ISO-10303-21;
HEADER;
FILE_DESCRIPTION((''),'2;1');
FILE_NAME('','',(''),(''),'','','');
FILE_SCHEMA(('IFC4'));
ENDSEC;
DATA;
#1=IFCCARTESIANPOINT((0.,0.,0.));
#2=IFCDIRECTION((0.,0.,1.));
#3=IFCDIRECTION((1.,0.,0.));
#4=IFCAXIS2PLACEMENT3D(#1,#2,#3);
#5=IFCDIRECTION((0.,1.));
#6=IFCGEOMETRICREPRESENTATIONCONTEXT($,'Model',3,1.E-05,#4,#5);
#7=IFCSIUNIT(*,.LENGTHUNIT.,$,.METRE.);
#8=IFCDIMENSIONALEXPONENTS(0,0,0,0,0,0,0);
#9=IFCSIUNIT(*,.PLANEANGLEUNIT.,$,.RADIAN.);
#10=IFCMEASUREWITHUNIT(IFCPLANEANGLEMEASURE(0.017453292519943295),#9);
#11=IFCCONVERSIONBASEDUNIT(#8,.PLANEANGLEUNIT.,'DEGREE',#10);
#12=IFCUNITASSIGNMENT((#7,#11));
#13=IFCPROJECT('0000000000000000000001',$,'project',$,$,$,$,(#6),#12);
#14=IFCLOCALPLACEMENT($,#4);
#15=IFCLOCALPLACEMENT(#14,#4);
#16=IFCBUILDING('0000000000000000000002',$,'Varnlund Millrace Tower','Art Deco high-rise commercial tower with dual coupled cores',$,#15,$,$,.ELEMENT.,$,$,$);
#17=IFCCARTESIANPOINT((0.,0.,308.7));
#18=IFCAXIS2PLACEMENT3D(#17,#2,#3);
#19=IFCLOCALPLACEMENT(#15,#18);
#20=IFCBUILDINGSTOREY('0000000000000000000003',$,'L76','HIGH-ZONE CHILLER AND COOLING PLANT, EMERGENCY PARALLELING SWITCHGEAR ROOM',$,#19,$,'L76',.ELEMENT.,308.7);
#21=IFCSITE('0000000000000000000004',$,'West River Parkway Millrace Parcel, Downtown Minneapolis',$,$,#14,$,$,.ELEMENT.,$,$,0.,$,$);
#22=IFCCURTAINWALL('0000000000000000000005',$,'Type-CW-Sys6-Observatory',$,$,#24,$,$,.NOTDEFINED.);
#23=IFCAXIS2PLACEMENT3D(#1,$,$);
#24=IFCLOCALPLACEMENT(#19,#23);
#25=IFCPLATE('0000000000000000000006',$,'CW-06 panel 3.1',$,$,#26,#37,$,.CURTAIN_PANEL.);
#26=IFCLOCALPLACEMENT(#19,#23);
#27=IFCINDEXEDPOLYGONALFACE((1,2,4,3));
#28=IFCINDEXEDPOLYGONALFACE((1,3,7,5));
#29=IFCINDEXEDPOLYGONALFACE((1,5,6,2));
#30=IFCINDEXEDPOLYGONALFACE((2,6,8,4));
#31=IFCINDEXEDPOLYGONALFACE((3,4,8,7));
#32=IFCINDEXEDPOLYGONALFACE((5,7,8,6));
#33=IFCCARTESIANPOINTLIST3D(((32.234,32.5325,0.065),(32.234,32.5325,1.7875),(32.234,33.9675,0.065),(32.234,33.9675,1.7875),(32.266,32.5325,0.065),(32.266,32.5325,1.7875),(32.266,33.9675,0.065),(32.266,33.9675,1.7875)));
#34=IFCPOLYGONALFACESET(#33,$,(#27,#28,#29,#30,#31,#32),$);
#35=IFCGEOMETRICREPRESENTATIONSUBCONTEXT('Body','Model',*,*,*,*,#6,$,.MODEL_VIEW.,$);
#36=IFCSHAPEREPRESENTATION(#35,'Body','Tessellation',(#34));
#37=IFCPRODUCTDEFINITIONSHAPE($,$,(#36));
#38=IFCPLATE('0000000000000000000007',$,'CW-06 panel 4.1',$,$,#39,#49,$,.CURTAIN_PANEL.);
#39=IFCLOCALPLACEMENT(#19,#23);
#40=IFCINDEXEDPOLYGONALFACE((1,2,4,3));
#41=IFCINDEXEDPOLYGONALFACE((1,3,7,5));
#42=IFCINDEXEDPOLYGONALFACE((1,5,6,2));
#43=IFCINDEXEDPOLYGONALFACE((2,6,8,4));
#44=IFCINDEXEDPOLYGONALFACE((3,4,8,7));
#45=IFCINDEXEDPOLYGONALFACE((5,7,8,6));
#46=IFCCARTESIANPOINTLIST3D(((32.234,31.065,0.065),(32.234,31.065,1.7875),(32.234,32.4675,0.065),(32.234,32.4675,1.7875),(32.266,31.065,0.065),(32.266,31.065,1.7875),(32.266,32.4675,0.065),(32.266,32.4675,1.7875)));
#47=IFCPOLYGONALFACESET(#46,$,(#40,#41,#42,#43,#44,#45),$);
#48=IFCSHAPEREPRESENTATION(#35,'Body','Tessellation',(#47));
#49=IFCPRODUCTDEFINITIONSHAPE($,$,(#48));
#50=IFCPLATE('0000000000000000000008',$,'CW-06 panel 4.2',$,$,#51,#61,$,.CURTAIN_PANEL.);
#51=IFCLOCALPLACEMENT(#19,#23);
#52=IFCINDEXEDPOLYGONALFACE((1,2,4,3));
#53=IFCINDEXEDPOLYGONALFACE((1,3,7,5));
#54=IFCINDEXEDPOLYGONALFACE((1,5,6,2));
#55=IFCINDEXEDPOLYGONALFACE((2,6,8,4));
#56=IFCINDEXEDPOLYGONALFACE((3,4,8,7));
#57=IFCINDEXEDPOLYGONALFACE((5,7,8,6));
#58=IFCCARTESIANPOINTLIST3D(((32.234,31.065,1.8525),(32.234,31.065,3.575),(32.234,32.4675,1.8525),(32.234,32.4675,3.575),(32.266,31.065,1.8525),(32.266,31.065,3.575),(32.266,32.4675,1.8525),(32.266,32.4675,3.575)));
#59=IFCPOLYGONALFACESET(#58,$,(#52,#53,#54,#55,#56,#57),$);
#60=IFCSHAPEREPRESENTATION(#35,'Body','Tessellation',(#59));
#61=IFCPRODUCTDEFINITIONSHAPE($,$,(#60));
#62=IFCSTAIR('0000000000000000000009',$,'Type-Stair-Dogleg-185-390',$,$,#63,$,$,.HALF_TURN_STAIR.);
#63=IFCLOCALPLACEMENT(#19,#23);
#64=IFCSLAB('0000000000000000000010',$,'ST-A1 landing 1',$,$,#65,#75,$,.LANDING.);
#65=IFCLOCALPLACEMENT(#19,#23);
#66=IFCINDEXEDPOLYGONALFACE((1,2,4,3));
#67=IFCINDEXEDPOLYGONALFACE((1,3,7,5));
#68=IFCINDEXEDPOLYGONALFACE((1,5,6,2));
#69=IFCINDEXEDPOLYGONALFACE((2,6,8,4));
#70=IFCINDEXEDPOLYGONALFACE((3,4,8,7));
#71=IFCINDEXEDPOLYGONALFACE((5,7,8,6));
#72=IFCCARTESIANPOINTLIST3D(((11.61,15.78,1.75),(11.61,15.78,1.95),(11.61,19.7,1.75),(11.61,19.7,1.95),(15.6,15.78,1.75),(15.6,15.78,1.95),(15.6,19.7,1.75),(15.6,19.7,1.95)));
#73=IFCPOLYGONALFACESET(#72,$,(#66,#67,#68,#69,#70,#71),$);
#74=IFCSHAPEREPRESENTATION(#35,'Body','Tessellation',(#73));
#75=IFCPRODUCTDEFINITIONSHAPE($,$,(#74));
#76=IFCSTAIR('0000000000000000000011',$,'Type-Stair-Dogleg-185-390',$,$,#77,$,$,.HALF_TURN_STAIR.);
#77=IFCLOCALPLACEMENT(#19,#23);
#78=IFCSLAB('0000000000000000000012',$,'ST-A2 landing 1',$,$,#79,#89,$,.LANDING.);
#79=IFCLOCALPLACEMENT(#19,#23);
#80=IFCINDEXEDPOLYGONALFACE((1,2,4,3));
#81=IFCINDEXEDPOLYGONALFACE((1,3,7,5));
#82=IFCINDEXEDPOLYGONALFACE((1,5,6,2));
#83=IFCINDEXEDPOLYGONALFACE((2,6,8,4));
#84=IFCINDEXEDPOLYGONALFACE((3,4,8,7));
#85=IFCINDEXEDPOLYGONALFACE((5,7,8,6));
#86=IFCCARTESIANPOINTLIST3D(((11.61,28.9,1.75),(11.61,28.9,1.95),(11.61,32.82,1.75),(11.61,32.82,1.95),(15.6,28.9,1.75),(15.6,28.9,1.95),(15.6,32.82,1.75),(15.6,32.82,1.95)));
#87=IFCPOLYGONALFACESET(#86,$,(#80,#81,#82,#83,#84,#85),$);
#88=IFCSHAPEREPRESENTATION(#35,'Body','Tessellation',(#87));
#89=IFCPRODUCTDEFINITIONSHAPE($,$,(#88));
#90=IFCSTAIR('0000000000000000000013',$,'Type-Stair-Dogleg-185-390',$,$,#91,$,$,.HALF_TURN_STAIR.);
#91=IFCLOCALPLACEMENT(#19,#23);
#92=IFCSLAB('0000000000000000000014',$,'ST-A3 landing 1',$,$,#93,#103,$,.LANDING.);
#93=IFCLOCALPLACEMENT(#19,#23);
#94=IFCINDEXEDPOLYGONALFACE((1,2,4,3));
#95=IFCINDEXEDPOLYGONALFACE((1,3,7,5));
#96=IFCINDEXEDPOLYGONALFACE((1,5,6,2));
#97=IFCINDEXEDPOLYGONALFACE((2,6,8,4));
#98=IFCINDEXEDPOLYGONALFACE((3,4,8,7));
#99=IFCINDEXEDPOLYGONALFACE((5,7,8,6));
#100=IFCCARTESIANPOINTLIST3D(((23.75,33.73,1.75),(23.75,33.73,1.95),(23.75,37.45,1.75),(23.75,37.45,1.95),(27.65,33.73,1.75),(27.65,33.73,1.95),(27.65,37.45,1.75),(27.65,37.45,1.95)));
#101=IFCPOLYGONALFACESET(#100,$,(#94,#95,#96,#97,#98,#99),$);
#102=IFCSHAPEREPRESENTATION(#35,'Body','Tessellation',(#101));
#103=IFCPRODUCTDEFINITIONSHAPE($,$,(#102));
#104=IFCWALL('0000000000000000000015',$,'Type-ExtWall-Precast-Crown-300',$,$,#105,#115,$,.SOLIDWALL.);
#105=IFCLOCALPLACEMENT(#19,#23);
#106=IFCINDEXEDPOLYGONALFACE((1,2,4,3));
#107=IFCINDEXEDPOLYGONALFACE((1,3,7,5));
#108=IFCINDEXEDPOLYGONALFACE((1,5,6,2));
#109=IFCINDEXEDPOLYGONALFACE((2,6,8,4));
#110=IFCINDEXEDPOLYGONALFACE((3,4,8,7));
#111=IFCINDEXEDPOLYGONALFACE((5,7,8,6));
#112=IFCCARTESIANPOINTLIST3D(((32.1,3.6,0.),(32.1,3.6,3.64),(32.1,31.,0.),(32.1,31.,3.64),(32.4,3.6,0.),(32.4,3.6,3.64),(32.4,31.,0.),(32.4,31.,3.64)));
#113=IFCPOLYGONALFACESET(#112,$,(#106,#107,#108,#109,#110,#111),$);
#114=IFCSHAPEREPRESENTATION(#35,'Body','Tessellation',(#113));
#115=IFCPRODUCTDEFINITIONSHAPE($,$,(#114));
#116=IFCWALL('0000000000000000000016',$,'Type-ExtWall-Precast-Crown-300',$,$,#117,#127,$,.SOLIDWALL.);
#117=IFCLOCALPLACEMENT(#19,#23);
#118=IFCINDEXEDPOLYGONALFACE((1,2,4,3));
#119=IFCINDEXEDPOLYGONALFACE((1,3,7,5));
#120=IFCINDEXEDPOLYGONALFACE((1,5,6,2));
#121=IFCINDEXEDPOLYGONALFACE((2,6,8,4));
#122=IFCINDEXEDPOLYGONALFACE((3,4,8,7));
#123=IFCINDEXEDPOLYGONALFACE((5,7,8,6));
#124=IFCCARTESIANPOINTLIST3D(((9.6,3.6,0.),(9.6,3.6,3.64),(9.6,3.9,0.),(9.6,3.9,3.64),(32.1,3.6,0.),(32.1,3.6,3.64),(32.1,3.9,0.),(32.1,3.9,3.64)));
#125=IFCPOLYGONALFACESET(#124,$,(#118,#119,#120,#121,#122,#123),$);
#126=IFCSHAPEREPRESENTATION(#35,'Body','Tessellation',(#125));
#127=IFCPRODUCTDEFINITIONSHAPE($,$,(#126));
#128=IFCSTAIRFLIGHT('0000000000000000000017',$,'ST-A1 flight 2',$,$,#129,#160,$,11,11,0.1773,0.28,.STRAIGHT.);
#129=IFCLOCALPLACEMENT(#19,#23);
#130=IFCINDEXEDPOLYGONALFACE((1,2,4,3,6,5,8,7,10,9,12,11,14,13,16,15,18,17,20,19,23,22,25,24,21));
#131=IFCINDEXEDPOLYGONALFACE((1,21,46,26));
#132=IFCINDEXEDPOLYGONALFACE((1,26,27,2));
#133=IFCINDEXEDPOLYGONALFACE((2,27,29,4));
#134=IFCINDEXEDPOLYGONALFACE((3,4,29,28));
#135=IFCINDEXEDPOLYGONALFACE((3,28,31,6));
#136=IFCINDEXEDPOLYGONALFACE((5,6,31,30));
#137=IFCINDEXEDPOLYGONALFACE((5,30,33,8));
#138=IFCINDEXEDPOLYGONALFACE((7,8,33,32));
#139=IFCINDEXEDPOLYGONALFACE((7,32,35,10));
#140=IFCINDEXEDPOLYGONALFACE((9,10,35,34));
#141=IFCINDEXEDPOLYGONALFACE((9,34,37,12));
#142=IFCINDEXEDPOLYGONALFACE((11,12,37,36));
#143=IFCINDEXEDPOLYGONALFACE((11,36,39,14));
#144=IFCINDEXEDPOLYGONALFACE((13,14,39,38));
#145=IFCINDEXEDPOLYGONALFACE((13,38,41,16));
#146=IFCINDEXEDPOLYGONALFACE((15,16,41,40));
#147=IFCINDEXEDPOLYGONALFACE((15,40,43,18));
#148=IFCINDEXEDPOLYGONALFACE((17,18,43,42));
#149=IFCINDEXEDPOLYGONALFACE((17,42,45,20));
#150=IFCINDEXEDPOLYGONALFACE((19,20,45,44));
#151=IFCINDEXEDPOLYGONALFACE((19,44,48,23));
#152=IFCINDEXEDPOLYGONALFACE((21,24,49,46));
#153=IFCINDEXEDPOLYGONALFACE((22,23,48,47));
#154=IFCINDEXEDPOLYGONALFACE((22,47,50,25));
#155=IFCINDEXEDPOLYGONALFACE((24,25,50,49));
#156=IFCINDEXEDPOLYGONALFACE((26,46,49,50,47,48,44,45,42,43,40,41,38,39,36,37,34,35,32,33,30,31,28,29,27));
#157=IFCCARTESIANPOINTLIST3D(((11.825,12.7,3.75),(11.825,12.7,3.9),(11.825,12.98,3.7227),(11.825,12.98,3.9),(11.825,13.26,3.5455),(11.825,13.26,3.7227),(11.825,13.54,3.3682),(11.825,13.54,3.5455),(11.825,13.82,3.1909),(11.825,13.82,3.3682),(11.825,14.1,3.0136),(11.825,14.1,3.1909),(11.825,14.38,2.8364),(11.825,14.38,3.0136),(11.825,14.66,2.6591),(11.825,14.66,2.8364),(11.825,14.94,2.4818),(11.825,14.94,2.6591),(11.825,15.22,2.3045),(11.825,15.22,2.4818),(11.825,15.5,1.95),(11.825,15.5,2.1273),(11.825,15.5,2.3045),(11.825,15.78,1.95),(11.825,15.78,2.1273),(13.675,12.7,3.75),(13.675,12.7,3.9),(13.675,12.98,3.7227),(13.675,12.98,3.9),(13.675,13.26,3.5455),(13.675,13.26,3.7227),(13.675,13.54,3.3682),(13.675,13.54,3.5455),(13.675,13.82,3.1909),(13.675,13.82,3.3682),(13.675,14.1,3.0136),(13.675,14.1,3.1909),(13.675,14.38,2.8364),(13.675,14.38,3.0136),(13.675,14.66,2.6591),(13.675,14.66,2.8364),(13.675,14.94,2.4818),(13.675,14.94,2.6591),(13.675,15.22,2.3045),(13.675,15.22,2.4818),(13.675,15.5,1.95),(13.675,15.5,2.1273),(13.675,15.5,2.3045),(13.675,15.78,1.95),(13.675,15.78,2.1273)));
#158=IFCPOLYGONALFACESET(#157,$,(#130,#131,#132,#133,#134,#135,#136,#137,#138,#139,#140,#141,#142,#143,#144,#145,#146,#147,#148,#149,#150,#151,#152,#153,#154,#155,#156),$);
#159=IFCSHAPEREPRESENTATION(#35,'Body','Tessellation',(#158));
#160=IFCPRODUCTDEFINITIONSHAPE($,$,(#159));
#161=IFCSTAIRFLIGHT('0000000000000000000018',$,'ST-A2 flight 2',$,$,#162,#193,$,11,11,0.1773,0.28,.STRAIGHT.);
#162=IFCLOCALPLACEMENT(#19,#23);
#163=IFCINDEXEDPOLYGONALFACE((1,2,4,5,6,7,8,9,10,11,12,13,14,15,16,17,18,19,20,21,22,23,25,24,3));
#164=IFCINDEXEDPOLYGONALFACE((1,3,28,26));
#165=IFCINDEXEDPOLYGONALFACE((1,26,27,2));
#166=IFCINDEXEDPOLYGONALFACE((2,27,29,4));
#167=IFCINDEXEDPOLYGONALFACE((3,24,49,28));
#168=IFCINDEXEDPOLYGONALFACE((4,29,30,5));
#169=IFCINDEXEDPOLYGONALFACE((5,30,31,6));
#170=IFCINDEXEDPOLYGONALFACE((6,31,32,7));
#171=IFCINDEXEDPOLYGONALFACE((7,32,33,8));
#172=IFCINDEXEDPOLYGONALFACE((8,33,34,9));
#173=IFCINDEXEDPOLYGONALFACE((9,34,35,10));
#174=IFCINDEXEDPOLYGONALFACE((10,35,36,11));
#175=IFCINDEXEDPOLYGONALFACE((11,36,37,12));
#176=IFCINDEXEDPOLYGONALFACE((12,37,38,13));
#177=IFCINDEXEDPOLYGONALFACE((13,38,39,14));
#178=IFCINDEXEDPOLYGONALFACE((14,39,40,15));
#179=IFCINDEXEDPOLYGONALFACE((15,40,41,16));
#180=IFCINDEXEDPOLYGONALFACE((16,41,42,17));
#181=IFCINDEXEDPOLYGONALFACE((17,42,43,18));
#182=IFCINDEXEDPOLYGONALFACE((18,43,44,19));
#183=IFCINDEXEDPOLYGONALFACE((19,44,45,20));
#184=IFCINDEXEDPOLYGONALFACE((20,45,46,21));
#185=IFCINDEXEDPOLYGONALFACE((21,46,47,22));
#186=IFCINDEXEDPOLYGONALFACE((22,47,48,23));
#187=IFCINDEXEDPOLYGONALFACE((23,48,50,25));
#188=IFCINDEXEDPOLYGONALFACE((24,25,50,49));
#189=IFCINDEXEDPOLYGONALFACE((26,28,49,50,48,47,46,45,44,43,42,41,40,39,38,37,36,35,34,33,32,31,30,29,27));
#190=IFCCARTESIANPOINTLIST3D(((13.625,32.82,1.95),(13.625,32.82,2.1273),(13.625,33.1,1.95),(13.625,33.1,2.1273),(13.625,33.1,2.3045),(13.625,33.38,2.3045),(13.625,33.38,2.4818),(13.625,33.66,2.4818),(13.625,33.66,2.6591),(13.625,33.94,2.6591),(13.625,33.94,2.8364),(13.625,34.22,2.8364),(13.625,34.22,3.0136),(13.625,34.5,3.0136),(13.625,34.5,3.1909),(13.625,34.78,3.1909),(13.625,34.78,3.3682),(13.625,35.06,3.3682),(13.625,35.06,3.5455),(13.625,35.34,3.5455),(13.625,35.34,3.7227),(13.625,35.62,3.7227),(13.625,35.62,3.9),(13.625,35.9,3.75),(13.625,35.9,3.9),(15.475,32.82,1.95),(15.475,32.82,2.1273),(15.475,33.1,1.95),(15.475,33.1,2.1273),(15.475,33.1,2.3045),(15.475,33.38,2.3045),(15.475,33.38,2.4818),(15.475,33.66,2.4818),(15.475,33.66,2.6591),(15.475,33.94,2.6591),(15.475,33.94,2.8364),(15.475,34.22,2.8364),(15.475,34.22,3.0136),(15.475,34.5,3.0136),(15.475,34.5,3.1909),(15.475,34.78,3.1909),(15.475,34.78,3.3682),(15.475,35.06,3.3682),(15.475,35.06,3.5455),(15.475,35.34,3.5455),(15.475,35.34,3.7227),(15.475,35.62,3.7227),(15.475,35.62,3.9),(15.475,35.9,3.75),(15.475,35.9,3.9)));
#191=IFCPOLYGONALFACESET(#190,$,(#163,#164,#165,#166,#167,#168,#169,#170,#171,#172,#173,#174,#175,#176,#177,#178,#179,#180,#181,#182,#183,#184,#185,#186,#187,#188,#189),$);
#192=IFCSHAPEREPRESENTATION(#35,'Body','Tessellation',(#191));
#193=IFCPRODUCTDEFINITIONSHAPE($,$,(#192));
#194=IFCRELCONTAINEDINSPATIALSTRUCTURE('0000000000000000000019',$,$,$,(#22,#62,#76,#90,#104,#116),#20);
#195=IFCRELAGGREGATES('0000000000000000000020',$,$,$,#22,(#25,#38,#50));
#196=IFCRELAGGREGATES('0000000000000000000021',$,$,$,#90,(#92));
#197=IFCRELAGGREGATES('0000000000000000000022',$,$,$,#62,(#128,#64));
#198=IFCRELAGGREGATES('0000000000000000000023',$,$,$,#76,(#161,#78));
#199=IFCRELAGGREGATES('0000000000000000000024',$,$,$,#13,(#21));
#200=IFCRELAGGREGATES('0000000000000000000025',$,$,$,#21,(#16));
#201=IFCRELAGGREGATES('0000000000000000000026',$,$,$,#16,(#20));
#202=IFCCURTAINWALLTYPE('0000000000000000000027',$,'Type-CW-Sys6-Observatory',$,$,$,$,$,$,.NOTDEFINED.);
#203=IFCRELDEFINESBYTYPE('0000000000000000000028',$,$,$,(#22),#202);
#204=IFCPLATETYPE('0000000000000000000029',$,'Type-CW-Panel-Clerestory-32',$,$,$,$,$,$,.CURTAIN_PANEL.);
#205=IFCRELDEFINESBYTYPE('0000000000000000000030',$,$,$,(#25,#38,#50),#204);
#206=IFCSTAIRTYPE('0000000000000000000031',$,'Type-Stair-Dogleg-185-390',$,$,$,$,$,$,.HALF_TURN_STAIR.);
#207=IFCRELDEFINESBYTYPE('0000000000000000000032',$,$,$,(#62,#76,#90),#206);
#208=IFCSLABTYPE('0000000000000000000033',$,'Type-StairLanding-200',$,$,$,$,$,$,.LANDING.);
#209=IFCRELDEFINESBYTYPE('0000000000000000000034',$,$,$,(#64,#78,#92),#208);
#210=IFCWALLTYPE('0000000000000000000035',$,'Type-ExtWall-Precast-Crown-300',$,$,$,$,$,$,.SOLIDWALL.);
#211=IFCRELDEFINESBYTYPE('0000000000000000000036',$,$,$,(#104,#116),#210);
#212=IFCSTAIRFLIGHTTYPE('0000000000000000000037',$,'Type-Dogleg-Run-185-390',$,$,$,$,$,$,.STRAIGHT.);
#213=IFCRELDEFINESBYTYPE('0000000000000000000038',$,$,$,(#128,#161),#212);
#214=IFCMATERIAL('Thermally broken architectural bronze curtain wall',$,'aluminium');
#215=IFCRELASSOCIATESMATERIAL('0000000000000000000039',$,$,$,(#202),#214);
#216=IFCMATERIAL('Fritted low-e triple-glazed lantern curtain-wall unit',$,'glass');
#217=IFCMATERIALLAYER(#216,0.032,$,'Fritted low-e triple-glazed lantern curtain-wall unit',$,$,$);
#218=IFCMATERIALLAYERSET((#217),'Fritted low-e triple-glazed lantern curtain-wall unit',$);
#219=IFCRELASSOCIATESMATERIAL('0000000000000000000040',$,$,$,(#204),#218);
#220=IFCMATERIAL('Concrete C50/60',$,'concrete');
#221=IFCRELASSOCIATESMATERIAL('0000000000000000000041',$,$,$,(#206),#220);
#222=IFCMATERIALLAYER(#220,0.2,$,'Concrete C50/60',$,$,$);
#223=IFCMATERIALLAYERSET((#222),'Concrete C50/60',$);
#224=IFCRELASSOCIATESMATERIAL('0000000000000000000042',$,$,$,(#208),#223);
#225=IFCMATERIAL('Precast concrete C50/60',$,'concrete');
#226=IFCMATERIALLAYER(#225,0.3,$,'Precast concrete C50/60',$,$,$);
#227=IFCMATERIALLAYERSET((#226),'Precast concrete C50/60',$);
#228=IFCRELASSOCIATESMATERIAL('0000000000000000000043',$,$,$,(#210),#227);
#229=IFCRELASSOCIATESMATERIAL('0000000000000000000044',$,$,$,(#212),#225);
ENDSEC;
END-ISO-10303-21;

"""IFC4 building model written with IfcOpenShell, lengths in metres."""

from ifc_helpers import new_model, entity, si_unit, converted_unit, direction, frame, origin_with_axes, origin_2d_with_axis, place, context, subcontext, project, spatial, polyline, rectangle, outline, extrude, material, layer, layer_set, type_object, element, aggregate, save


model = new_model("IFC4")

# Units and contexts
model_context = context("Model", 3, precision=1e-05, world=origin_with_axes(), true_north=direction((0.0, 1.0)))
body_context = subcontext(model_context, "Body", "Model", "MODEL_VIEW")
ifc_project = project(units=[si_unit("LENGTHUNIT", "METRE"), converted_unit("PLANEANGLEUNIT", "DEGREE", entity("IfcPlaneAngleMeasure", 0.017453292519943295), si_unit("PLANEANGLEUNIT", "RADIAN"), dimensions=[0, 0, 0, 0, 0, 0, 0])], contexts=[model_context])

# Site, building, storey
site_placement = place(None, origin_with_axes())
site = spatial("IfcSite", under=ifc_project, at=site_placement, Name="West River Parkway Millrace Parcel, Downtown Minneapolis", CompositionType="ELEMENT", RefElevation=0.0)
building_placement = place(site_placement, origin_with_axes())
building = spatial("IfcBuilding", under=site, at=building_placement, Name="Varnlund Millrace Tower", Description="Art Deco high-rise commercial tower with dual coupled cores", CompositionType="ELEMENT")
storey_placement = place(building_placement, frame((0.0, 0.0, 308.7), z_axis=(0.0, 0.0, 1.0), x_axis=(1.0, 0.0, 0.0)))
storey = spatial("IfcBuildingStorey", under=building, at=storey_placement, Name="L76", Description="HIGH-ZONE CHILLER AND COOLING PLANT, EMERGENCY PARALLELING SWITCHGEAR ROOM", LongName="L76", CompositionType="ELEMENT", Elevation=308.7)

# Curtain wall
ifc_material_1 = material(Name="Thermally broken architectural bronze curtain wall", Category="aluminium")
curtain_wall_type = type_object("IfcCurtainWallType", Name="Type-CW-Sys6-Observatory", PredefinedType="NOTDEFINED", material=ifc_material_1)
curtain_wall_placement = place(storey_placement, frame((32.25, 37.0, 0.0), z_axis=(0.0, 0.0, 1.0), x_axis=(1.0, 0.0, 0.0)))
curtain_wall = element("IfcCurtainWall", 1, at=curtain_wall_placement, inside=storey, type_object=curtain_wall_type, Name="Type-CW-Sys6-Observatory", PredefinedType="NOTDEFINED")

# Plates
ifc_material_2 = material(Name="Fritted low-e triple-glazed lantern curtain-wall unit", Category="glass")
ifc_layer_1 = layer(ifc_material_2, 0.032, Name="Fritted low-e triple-glazed lantern curtain-wall unit")
ifc_layer_set_1 = layer_set([ifc_layer_1], Name="Fritted low-e triple-glazed lantern curtain-wall unit")
plate_type = type_object("IfcPlateType", Name="Type-CW-Panel-Clerestory-32", PredefinedType="CURTAIN_PANEL", material=ifc_layer_set_1)
plate_1_placement = place(storey_placement, frame((32.25, 33.25, 0.065), z_axis=(0.0, 0.0, 1.0), x_axis=(0.0, -1.0, 0.0)))
plate_1 = element("IfcPlate", 2, at=plate_1_placement, type_object=plate_type, Name="CW-06 panel 3.1", PredefinedType="CURTAIN_PANEL", context=body_context, shape_type="SweptSolid", body=[
    extrude(rectangle(XDim=1.435, YDim=0.032, at=origin_2d_with_axis()), origin_with_axes(), (0.0, 0.0, 1.0), 1.7225),
])
plate_2_placement = place(storey_placement, frame((32.25, 31.7662, 0.065), z_axis=(0.0, 0.0, 1.0), x_axis=(0.0, -1.0, 0.0)))
plate_2 = element("IfcPlate", 3, at=plate_2_placement, type_object=plate_type, Name="CW-06 panel 4.1", PredefinedType="CURTAIN_PANEL", context=body_context, shape_type="SweptSolid", body=[
    extrude(rectangle(XDim=1.4025, YDim=0.032, at=origin_2d_with_axis()), origin_with_axes(), (0.0, 0.0, 1.0), 1.7225),
])
plate_3_placement = place(storey_placement, frame((32.25, 31.7662, 1.8525), z_axis=(0.0, 0.0, 1.0), x_axis=(0.0, -1.0, 0.0)))
plate_3 = element("IfcPlate", 4, at=plate_3_placement, type_object=plate_type, Name="CW-06 panel 4.2", PredefinedType="CURTAIN_PANEL", context=body_context, shape_type="SweptSolid", body=[
    extrude(rectangle(XDim=1.4025, YDim=0.032, at=origin_2d_with_axis()), origin_with_axes(), (0.0, 0.0, 1.0), 1.7225),
])
aggregate(curtain_wall, [plate_1, plate_2, plate_3])

# Stairs, slabs
ifc_material_3 = material(Name="Concrete C50/60", Category="concrete")
stair_type = type_object("IfcStairType", Name="Type-Stair-Dogleg-185-390", PredefinedType="HALF_TURN_STAIR", material=ifc_material_3)
stair_1_placement = place(storey_placement, origin_with_axes())
stair_1 = element("IfcStair", 5, at=stair_1_placement, inside=storey, type_object=stair_type, Name="Type-Stair-Dogleg-185-390", PredefinedType="HALF_TURN_STAIR")
ifc_layer_2 = layer(ifc_material_3, 0.2, Name="Concrete C50/60")
ifc_layer_set_2 = layer_set([ifc_layer_2], Name="Concrete C50/60")
slab_type = type_object("IfcSlabType", Name="Type-StairLanding-200", PredefinedType="LANDING", material=ifc_layer_set_2)
slab_1_placement = place(storey_placement, frame((0.0, 0.0, 1.75), z_axis=(0.0, 0.0, 1.0), x_axis=(1.0, 0.0, 0.0)))
slab_1 = element("IfcSlab", 6, at=slab_1_placement, type_object=slab_type, Name="ST-A1 landing 1", PredefinedType="LANDING", context=body_context, shape_type="SweptSolid", body=[
    extrude(outline(polyline([(15.6, 15.78), (15.6, 19.7), (11.61, 19.7), (11.61, 15.78), (15.6, 15.78)])), origin_with_axes(), (0.0, 0.0, 1.0), 0.2),
])
stair_2_placement = place(storey_placement, origin_with_axes())
stair_2 = element("IfcStair", 7, at=stair_2_placement, inside=storey, type_object=stair_type, Name="Type-Stair-Dogleg-185-390", PredefinedType="HALF_TURN_STAIR")
slab_2_placement = place(storey_placement, frame((0.0, 0.0, 1.75), z_axis=(0.0, 0.0, 1.0), x_axis=(1.0, 0.0, 0.0)))
slab_2 = element("IfcSlab", 8, at=slab_2_placement, type_object=slab_type, Name="ST-A2 landing 1", PredefinedType="LANDING", context=body_context, shape_type="SweptSolid", body=[
    extrude(outline(polyline([(11.61, 32.82), (11.61, 28.9), (15.6, 28.9), (15.6, 32.82), (11.61, 32.82)])), origin_with_axes(), (0.0, 0.0, 1.0), 0.2),
])
stair_3_placement = place(storey_placement, origin_with_axes())
stair_3 = element("IfcStair", 9, at=stair_3_placement, inside=storey, type_object=stair_type, Name="Type-Stair-Dogleg-185-390", PredefinedType="HALF_TURN_STAIR")
slab_3_placement = place(storey_placement, frame((0.0, 0.0, 1.75), z_axis=(0.0, 0.0, 1.0), x_axis=(1.0, 0.0, 0.0)))
slab_3 = element("IfcSlab", 10, at=slab_3_placement, type_object=slab_type, Name="ST-A3 landing 1", PredefinedType="LANDING", context=body_context, shape_type="SweptSolid", body=[
    extrude(outline(polyline([(27.65, 33.73), (27.65, 37.45), (23.75, 37.45), (23.75, 33.73), (27.65, 33.73)])), origin_with_axes(), (0.0, 0.0, 1.0), 0.2),
])
aggregate(stair_3, [slab_3])

# Walls
ifc_material_4 = material(Name="Precast concrete C50/60", Category="concrete")
ifc_layer_3 = layer(ifc_material_4, 0.3, Name="Precast concrete C50/60")
ifc_layer_set_3 = layer_set([ifc_layer_3], Name="Precast concrete C50/60")
wall_type = type_object("IfcWallType", Name="Type-ExtWall-Precast-Crown-300", PredefinedType="SOLIDWALL", material=ifc_layer_set_3)
wall_1_placement = place(storey_placement, frame((32.25, 31.0, 0.0), z_axis=(0.0, 0.0, 1.0), x_axis=(0.0, -1.0, 0.0)))
element("IfcWall", 11, at=wall_1_placement, inside=storey, type_object=wall_type, Name="Type-ExtWall-Precast-Crown-300", PredefinedType="SOLIDWALL", context=body_context, shape_type="SweptSolid", body=[
    extrude(outline(polyline([(0.0, -0.15), (27.4, -0.15), (27.4, 0.15), (0.0, 0.15), (0.0, -0.15)])), origin_with_axes(), (0.0, 0.0, 1.0), 3.64),
])
wall_2_placement = place(storey_placement, frame((32.1, 3.75, 0.0), z_axis=(0.0, 0.0, 1.0), x_axis=(-1.0, 0.0, 0.0)))
element("IfcWall", 12, at=wall_2_placement, inside=storey, type_object=wall_type, Name="Type-ExtWall-Precast-Crown-300", PredefinedType="SOLIDWALL", context=body_context, shape_type="SweptSolid", body=[
    extrude(outline(polyline([(0.0, -0.15), (22.5, -0.15), (22.5, 0.15), (0.0, 0.15), (0.0, -0.15)])), origin_with_axes(), (0.0, 0.0, 1.0), 3.64),
])

# Stair flights
stair_flight_type = type_object("IfcStairFlightType", Name="Type-Dogleg-Run-185-390", PredefinedType="STRAIGHT", material=ifc_material_4)
stair_flight_1_placement = place(storey_placement, frame((13.675, 15.78, 1.95), z_axis=(-1.0, 0.0, 0.0), x_axis=(0.0, -1.0, 0.0)))
stair_flight_1 = element("IfcStairFlight", 13, at=stair_flight_1_placement, type_object=stair_flight_type, Name="ST-A1 flight 2", NumberOfRisers=11, NumberOfTreads=11, PredefinedType="STRAIGHT", RiserHeight=0.1773, TreadLength=0.28, context=body_context, shape_type="SweptSolid", body=[
    extrude(outline(polyline([(0.0, 0.0), (0.0, 0.1773), (0.28, 0.1773), (0.28, 0.3545), (0.56, 0.3545), (0.56, 0.5318), (0.84, 0.5318), (0.84, 0.7091), (1.12, 0.7091), (1.12, 0.8864), (1.4, 0.8864), (1.4, 1.0636), (1.68, 1.0636), (1.68, 1.2409), (1.96, 1.2409), (1.96, 1.4182), (2.24, 1.4182), (2.24, 1.5955), (2.52, 1.5955), (2.52, 1.7727), (2.8, 1.7727), (2.8, 1.95), (3.08, 1.95), (3.08, 1.8), (0.28, 0.0), (0.0, 0.0)])), origin_with_axes(), (0.0, 0.0, 1.0), 1.85),
])
aggregate(stair_1, [stair_flight_1, slab_1])
stair_flight_2_placement = place(storey_placement, frame((13.625, 32.82, 1.95), z_axis=(1.0, 0.0, 0.0), x_axis=(0.0, 1.0, 0.0)))
stair_flight_2 = element("IfcStairFlight", 14, at=stair_flight_2_placement, type_object=stair_flight_type, Name="ST-A2 flight 2", NumberOfRisers=11, NumberOfTreads=11, PredefinedType="STRAIGHT", RiserHeight=0.1773, TreadLength=0.28, context=body_context, shape_type="SweptSolid", body=[
    extrude(outline(polyline([(0.0, 0.0), (0.0, 0.1773), (0.28, 0.1773), (0.28, 0.3545), (0.56, 0.3545), (0.56, 0.5318), (0.84, 0.5318), (0.84, 0.7091), (1.12, 0.7091), (1.12, 0.8864), (1.4, 0.8864), (1.4, 1.0636), (1.68, 1.0636), (1.68, 1.2409), (1.96, 1.2409), (1.96, 1.4182), (2.24, 1.4182), (2.24, 1.5955), (2.52, 1.5955), (2.52, 1.7727), (2.8, 1.7727), (2.8, 1.95), (3.08, 1.95), (3.08, 1.8), (0.28, 0.0), (0.0, 0.0)])), origin_with_axes(), (0.0, 0.0, 1.0), 1.85),
])
aggregate(stair_2, [stair_flight_2, slab_2])

save(model, "model.ifc")
